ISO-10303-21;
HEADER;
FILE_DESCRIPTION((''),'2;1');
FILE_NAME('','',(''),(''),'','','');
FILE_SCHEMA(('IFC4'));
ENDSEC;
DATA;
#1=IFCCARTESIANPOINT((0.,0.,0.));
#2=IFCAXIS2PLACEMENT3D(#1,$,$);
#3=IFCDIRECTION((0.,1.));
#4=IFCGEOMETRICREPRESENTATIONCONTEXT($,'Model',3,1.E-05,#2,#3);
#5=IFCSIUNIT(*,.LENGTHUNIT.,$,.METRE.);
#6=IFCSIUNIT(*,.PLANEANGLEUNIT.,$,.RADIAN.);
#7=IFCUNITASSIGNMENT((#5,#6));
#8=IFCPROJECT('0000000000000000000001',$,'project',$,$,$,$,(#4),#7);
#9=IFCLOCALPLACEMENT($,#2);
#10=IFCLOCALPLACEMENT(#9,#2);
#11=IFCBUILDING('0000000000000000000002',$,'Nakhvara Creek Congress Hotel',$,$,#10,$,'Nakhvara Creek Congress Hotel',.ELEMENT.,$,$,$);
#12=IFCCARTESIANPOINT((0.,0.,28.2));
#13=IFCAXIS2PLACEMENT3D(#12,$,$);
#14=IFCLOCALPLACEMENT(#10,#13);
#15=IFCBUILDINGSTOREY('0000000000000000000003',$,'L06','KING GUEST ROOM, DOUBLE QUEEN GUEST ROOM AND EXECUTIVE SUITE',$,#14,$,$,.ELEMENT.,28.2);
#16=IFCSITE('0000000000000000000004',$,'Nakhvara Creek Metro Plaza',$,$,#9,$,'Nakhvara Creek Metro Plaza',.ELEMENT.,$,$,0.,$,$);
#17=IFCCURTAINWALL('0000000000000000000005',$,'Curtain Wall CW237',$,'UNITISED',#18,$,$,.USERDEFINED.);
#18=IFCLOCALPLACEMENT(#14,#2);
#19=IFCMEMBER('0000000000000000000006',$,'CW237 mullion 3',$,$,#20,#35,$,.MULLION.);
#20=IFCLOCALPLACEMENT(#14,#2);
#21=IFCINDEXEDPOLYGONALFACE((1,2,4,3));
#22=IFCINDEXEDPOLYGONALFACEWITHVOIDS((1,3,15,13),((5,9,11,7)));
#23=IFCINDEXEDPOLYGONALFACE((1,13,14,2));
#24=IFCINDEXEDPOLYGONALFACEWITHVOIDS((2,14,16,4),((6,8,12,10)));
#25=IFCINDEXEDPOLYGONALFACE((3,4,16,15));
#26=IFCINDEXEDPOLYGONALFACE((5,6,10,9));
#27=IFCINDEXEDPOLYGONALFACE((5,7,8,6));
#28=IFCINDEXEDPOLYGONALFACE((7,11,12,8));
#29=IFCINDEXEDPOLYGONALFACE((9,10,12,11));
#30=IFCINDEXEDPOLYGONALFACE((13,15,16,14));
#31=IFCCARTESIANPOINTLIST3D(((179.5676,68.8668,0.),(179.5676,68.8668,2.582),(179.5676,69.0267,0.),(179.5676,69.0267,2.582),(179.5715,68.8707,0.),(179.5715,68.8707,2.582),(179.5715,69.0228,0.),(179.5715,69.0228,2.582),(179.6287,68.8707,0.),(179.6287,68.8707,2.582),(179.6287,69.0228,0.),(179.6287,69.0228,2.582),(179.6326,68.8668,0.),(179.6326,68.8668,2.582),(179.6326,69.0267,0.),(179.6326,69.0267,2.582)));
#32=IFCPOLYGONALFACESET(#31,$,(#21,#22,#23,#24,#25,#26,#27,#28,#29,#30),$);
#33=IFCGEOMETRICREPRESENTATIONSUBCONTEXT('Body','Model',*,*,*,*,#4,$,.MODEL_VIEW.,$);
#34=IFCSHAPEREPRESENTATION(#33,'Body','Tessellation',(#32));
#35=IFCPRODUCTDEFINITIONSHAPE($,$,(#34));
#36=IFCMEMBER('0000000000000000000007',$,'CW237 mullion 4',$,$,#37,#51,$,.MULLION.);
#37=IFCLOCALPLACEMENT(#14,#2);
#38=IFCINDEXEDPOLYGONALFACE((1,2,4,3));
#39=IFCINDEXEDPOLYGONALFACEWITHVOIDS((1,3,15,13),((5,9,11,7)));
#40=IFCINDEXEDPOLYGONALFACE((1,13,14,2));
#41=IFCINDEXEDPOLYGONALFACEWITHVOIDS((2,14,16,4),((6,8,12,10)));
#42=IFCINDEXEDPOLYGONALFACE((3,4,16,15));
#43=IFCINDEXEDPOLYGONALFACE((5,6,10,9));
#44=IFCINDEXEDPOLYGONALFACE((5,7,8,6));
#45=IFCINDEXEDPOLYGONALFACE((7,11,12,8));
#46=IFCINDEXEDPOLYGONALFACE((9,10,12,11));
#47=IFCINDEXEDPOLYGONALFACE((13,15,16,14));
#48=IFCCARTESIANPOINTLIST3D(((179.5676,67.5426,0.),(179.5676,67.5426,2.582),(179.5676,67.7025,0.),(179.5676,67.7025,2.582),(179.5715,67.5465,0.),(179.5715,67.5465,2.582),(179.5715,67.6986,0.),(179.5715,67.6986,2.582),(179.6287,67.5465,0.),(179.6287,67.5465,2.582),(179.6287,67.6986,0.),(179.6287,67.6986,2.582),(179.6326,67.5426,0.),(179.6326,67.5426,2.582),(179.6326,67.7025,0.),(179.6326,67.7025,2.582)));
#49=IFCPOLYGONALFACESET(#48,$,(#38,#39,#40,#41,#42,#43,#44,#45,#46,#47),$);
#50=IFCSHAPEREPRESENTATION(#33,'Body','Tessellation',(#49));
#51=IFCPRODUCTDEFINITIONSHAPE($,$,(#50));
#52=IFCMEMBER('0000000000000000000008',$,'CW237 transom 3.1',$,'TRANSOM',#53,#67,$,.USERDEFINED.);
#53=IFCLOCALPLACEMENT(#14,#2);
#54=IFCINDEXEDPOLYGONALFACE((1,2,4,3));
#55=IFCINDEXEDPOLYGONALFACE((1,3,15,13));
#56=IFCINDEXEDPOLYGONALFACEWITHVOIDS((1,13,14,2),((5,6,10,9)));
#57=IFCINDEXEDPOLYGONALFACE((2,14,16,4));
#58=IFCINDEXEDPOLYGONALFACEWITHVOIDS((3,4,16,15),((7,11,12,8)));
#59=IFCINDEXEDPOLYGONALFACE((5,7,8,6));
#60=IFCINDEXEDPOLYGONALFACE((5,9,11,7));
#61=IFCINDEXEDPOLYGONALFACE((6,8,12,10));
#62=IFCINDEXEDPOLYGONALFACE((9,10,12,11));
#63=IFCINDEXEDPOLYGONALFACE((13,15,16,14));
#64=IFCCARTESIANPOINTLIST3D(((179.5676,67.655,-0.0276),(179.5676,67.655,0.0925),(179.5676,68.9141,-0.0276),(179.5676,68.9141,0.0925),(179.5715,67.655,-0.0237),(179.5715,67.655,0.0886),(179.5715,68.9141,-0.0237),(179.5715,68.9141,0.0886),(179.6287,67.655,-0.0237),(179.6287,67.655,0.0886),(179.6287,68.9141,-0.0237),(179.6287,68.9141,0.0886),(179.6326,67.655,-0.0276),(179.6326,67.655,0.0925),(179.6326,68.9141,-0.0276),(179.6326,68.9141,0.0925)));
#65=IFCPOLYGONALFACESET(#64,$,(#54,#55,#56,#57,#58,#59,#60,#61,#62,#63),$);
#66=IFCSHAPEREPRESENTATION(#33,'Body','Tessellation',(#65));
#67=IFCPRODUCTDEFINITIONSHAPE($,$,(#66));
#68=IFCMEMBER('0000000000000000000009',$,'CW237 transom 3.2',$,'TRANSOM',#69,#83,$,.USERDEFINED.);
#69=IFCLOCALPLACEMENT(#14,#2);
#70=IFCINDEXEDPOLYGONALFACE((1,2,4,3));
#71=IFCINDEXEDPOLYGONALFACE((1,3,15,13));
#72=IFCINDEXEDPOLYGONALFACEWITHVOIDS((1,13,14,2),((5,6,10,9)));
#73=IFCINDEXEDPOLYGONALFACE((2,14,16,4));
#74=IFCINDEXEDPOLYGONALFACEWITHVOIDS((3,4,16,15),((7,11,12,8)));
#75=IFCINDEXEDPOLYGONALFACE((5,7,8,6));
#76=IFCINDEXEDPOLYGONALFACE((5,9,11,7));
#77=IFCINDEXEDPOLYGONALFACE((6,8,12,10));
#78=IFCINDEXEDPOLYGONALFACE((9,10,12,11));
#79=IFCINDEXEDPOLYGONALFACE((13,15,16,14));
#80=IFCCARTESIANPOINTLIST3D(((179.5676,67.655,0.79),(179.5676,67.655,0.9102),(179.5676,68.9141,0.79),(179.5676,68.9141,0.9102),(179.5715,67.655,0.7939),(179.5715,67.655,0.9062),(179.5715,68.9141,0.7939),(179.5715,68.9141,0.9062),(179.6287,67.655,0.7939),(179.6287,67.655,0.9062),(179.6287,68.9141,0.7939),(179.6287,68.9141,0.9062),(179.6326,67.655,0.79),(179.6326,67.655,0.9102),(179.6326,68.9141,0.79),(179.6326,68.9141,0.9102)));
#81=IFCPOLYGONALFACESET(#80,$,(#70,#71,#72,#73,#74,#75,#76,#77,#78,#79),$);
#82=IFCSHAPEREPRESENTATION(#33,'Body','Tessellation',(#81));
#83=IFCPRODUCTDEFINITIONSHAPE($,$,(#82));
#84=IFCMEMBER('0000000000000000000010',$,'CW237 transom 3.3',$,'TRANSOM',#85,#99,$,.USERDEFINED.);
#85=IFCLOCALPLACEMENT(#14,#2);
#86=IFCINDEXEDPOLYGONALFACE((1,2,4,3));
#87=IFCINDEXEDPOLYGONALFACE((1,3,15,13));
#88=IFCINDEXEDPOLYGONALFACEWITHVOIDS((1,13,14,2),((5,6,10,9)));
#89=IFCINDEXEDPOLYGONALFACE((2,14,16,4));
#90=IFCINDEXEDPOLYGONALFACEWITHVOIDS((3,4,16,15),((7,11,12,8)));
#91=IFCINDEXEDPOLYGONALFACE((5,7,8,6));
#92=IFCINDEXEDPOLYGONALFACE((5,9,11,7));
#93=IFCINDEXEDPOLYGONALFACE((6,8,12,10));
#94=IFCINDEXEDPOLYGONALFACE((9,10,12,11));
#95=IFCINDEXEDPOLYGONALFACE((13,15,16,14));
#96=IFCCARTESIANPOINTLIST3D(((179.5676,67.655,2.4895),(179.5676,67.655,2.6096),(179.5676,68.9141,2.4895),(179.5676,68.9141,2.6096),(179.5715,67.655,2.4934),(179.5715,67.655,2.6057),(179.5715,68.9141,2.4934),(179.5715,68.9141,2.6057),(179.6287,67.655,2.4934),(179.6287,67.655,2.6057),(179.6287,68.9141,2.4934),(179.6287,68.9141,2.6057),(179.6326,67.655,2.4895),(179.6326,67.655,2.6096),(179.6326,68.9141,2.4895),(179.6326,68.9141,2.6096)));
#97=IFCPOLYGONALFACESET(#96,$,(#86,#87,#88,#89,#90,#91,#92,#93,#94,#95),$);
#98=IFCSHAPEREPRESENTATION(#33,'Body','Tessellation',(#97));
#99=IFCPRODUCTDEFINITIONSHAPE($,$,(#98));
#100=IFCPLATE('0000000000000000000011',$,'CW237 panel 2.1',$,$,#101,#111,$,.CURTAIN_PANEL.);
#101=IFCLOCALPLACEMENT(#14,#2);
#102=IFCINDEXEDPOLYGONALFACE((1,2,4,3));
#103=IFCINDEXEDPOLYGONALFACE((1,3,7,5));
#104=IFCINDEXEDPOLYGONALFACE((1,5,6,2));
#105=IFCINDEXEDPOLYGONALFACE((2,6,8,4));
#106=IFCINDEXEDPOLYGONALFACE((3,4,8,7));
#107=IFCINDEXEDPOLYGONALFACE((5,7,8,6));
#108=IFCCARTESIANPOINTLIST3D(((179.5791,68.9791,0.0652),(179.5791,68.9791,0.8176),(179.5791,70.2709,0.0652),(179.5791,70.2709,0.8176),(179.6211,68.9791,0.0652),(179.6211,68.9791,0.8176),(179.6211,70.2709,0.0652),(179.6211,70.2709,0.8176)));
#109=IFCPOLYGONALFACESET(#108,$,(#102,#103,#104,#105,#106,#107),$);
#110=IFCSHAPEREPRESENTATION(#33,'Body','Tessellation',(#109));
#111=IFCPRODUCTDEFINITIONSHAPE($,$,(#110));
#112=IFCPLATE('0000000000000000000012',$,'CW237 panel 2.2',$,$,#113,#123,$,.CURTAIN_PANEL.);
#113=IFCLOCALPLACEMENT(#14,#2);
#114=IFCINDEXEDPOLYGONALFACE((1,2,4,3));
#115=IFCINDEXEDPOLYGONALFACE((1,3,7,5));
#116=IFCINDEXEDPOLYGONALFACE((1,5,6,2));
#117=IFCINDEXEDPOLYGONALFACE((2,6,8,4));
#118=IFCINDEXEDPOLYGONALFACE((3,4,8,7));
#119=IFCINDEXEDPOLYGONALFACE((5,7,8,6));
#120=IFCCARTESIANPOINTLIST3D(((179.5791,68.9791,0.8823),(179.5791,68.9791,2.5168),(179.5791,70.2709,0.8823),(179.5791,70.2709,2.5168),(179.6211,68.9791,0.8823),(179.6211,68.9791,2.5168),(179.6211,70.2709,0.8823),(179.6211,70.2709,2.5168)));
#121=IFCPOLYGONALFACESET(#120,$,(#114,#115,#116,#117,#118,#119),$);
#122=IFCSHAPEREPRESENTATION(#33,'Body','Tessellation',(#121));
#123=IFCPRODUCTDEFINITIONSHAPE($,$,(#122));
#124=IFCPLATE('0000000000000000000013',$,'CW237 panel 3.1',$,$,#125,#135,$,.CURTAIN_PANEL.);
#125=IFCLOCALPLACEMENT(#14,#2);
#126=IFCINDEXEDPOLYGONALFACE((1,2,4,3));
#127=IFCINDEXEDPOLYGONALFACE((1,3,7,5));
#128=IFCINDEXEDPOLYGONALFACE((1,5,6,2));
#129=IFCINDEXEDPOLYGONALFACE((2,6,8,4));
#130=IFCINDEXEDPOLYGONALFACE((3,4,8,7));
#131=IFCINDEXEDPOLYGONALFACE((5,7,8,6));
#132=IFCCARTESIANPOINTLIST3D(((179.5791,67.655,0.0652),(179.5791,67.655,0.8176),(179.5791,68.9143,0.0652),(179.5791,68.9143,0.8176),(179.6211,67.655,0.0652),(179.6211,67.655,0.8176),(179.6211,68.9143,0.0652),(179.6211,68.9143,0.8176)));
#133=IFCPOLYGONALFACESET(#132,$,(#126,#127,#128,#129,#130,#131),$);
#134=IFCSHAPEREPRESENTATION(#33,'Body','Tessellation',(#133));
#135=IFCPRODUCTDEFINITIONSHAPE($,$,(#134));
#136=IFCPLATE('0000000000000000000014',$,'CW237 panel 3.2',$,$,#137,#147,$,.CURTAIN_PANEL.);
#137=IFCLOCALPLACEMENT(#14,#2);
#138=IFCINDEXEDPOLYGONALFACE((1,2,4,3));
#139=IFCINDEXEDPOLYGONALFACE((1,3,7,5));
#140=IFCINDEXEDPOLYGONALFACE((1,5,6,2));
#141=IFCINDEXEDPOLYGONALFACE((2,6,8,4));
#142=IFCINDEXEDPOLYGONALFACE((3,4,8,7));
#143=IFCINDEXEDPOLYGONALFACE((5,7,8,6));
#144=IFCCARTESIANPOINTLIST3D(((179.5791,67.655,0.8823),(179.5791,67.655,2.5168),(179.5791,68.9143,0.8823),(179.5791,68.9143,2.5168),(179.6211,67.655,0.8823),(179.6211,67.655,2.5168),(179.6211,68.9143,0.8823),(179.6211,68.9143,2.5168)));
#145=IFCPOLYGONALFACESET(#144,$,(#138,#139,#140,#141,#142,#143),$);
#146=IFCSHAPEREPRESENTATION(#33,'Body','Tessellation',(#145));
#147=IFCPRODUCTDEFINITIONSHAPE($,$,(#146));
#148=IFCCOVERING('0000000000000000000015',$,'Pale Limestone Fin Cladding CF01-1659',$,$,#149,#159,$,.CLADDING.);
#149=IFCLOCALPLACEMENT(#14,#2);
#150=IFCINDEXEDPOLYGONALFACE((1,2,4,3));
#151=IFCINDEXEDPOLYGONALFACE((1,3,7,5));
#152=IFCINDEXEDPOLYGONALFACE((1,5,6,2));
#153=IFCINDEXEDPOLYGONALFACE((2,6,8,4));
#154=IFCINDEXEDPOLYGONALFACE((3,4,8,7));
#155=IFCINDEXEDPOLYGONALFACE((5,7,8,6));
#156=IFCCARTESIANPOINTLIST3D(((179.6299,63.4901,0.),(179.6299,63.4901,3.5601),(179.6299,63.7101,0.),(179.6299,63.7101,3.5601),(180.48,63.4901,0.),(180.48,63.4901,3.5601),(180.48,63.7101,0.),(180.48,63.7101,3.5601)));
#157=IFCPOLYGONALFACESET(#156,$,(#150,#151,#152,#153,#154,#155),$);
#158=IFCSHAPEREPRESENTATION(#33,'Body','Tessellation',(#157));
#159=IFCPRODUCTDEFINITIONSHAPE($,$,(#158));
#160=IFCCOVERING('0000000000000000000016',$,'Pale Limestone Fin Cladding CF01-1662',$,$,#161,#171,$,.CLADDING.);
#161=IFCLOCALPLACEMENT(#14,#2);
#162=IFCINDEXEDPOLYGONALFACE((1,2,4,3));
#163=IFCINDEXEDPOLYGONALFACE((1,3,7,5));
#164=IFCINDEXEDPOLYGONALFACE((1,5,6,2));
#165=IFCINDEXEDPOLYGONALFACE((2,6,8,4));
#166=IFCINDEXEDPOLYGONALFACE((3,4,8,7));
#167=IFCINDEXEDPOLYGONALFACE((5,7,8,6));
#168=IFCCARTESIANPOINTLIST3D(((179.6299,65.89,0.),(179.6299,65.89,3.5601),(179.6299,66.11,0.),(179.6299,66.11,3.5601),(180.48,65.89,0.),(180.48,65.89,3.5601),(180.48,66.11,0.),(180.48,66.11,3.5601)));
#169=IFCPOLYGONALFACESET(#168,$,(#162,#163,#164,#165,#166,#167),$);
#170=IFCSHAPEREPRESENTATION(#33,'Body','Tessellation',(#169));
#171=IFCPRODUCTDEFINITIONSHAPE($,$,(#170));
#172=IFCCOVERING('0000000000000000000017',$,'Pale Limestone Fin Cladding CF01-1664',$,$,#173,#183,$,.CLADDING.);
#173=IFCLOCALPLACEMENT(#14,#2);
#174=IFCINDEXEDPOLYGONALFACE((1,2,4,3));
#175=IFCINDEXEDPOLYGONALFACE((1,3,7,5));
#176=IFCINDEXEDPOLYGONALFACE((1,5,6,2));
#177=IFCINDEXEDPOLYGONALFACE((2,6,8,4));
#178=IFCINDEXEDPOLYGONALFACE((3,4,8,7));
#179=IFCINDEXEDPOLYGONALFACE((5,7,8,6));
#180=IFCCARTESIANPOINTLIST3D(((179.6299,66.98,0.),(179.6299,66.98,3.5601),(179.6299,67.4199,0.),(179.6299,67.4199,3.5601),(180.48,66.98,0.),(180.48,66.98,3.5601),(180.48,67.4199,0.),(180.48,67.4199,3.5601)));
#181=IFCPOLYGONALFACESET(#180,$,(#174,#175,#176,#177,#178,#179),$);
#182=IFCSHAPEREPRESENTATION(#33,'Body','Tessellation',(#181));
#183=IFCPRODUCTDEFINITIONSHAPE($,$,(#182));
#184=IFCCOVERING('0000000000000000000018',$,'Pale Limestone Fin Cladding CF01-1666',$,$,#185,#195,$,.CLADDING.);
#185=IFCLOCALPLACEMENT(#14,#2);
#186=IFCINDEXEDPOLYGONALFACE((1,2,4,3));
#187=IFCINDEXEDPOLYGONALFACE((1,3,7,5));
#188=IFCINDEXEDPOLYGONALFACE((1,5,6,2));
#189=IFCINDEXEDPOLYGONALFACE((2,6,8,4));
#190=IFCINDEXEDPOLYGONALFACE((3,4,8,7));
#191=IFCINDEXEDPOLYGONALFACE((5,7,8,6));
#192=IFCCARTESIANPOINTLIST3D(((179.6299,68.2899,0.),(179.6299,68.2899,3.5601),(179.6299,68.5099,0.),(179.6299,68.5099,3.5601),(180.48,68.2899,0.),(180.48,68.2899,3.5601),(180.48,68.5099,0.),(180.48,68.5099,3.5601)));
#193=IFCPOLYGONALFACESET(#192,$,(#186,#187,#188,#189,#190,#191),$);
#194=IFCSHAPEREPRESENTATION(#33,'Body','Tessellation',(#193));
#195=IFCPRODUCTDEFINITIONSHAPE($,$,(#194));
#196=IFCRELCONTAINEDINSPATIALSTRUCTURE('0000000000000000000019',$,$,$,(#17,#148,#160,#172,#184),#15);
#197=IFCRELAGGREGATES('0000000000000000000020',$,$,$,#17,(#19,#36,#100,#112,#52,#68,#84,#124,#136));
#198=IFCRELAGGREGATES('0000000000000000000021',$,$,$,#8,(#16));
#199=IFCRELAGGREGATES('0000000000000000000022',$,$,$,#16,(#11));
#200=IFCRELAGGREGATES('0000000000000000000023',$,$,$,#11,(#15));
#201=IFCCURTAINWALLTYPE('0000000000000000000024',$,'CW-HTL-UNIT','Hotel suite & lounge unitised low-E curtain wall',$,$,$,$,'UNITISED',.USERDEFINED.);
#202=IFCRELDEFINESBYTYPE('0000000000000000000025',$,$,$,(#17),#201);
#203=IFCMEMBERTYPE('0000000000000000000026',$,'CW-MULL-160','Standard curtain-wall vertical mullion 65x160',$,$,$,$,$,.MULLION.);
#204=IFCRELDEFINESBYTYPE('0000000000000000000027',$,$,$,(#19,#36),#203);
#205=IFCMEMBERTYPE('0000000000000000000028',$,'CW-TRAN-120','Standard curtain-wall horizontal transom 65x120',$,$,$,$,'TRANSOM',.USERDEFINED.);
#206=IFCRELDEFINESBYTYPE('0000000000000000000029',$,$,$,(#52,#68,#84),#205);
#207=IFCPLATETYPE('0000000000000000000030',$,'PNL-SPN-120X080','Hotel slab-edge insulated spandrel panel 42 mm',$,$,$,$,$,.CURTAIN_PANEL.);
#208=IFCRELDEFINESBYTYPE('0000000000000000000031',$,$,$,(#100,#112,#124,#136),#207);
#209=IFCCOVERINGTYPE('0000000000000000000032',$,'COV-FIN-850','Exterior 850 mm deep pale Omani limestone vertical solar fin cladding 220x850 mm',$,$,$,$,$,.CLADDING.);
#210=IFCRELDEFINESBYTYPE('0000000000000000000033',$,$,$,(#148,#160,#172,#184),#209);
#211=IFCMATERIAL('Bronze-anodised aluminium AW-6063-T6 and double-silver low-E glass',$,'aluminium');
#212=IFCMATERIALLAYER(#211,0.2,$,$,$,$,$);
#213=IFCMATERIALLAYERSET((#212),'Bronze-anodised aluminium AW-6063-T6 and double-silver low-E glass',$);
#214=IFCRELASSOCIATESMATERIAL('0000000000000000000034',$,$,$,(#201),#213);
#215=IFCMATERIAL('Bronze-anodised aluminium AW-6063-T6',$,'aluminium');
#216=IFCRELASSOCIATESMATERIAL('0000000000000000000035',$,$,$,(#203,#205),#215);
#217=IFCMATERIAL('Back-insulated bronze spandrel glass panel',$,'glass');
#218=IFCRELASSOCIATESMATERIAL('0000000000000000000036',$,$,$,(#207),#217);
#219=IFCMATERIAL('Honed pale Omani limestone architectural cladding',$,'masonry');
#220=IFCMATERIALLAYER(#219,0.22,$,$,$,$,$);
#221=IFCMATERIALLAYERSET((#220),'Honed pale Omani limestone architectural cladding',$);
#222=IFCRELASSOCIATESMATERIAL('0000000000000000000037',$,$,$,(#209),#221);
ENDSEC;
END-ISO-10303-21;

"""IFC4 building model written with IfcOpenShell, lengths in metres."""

from ifc_helpers import new_model, si_unit, direction, frame, origin, origin_2d, place, context, subcontext, project, spatial, rectangle, hollow_rectangle, extrude, material, layer, layer_set, material_profile, profile_set, type_object, element, aggregate, save


model = new_model("IFC4")

# Units and contexts
model_context = context("Model", 3, precision=1e-05, world=origin(), true_north=direction((0.0, 1.0)))
body_context = subcontext(model_context, "Body", "Model", "MODEL_VIEW")
ifc_project = project(units=[si_unit("LENGTHUNIT", "METRE"), si_unit("PLANEANGLEUNIT", "RADIAN")], contexts=[model_context])

# Site, building, storey
site_placement = place(None, origin())
site = spatial("IfcSite", under=ifc_project, at=site_placement, Name="Nakhvara Creek Metro Plaza", LongName="Nakhvara Creek Metro Plaza", CompositionType="ELEMENT", RefElevation=0.0)
building_placement = place(site_placement, origin())
building = spatial("IfcBuilding", under=site, at=building_placement, Name="Nakhvara Creek Congress Hotel", LongName="Nakhvara Creek Congress Hotel", CompositionType="ELEMENT")
storey_placement = place(building_placement, frame((0.0, 0.0, 28.2)))
storey = spatial("IfcBuildingStorey", under=building, at=storey_placement, Name="L06", Description="KING GUEST ROOM, DOUBLE QUEEN GUEST ROOM AND EXECUTIVE SUITE", CompositionType="ELEMENT", Elevation=28.2)

# Curtain wall, members, plates
ifc_material_1 = material(Name="Bronze-anodised aluminium AW-6063-T6 and double-silver low-E glass", Category="aluminium")
ifc_layer_1 = layer(ifc_material_1, 0.2)
ifc_layer_set_1 = layer_set([ifc_layer_1], Name="Bronze-anodised aluminium AW-6063-T6 and double-silver low-E glass")
curtain_wall_type = type_object("IfcCurtainWallType", Name="CW-HTL-UNIT", Description="Hotel suite & lounge unitised low-E curtain wall", ElementType="UNITISED", PredefinedType="USERDEFINED", material=ifc_layer_set_1)
curtain_wall_placement = place(storey_placement, origin())
curtain_wall = element("IfcCurtainWall", 1, at=curtain_wall_placement, inside=storey, type_object=curtain_wall_type, Name="Curtain Wall CW237", ObjectType="UNITISED", PredefinedType="USERDEFINED")
ifc_material_2 = material(Name="Bronze-anodised aluminium AW-6063-T6", Category="aluminium")
ifc_material_profile_1 = material_profile(ifc_material_2, hollow_rectangle(XDim=0.0649, YDim=0.1599, WallThickness=0.0039, at=origin_2d()), Name="ALU-MULL 65x160x4", Category="LoadBearing")
ifc_profile_set_1 = profile_set([ifc_material_profile_1], Name="Bronze-anodised aluminium AW-6063-T6")
member_type_1 = type_object("IfcMemberType", Name="CW-MULL-160", Description="Standard curtain-wall vertical mullion 65x160", PredefinedType="MULLION", material=ifc_profile_set_1)
member_1_placement = place(storey_placement, frame((179.6001, 68.9468, 0.0), z_axis=(0.0, 0.0, 1.0), x_axis=(1.0, 0.0, 0.0)))
member_1 = element("IfcMember", 2, at=member_1_placement, type_object=member_type_1, Name="CW237 mullion 3", PredefinedType="MULLION", context=body_context, shape_type="SweptSolid", body=[
    extrude(hollow_rectangle(XDim=0.0649, YDim=0.1599, WallThickness=0.0039, at=origin_2d()), origin(), (0.0, 0.0, 1.0), 2.582),
])
member_2_placement = place(storey_placement, frame((179.6001, 67.6226, 0.0), z_axis=(0.0, 0.0, 1.0), x_axis=(1.0, 0.0, 0.0)))
member_2 = element("IfcMember", 3, at=member_2_placement, type_object=member_type_1, Name="CW237 mullion 4", PredefinedType="MULLION", context=body_context, shape_type="SweptSolid", body=[
    extrude(hollow_rectangle(XDim=0.0649, YDim=0.1599, WallThickness=0.0039, at=origin_2d()), origin(), (0.0, 0.0, 1.0), 2.582),
])
ifc_material_profile_2 = material_profile(ifc_material_2, hollow_rectangle(XDim=0.0649, YDim=0.1201, WallThickness=0.0039, at=origin_2d()), Name="ALU-TRAN 65x120x4", Category="LoadBearing")
ifc_profile_set_2 = profile_set([ifc_material_profile_2], Name="Bronze-anodised aluminium AW-6063-T6")
member_type_2 = type_object("IfcMemberType", Name="CW-TRAN-120", Description="Standard curtain-wall horizontal transom 65x120", ElementType="TRANSOM", PredefinedType="USERDEFINED", material=ifc_profile_set_2)
member_3_placement = place(storey_placement, frame((179.6001, 68.9141, 0.0325), z_axis=(0.0, -1.0, 0.0), x_axis=(1.0, 0.0, 0.0)))
member_3 = element("IfcMember", 4, at=member_3_placement, type_object=member_type_2, Name="CW237 transom 3.1", ObjectType="TRANSOM", PredefinedType="USERDEFINED", context=body_context, shape_type="SweptSolid", body=[
    extrude(hollow_rectangle(XDim=0.0649, YDim=0.1201, WallThickness=0.0039, at=origin_2d()), origin(), (0.0, 0.0, 1.0), 1.259),
])
member_4_placement = place(storey_placement, frame((179.6001, 68.9141, 0.8501), z_axis=(0.0, -1.0, 0.0), x_axis=(1.0, 0.0, 0.0)))
member_4 = element("IfcMember", 5, at=member_4_placement, type_object=member_type_2, Name="CW237 transom 3.2", ObjectType="TRANSOM", PredefinedType="USERDEFINED", context=body_context, shape_type="SweptSolid", body=[
    extrude(hollow_rectangle(XDim=0.0649, YDim=0.1201, WallThickness=0.0039, at=origin_2d()), origin(), (0.0, 0.0, 1.0), 1.259),
])
member_5_placement = place(storey_placement, frame((179.6001, 68.9141, 2.5496), z_axis=(0.0, -1.0, 0.0), x_axis=(1.0, 0.0, 0.0)))
member_5 = element("IfcMember", 6, at=member_5_placement, type_object=member_type_2, Name="CW237 transom 3.3", ObjectType="TRANSOM", PredefinedType="USERDEFINED", context=body_context, shape_type="SweptSolid", body=[
    extrude(hollow_rectangle(XDim=0.0649, YDim=0.1201, WallThickness=0.0039, at=origin_2d()), origin(), (0.0, 0.0, 1.0), 1.259),
])
ifc_material_3 = material(Name="Back-insulated bronze spandrel glass panel", Category="glass")
plate_type = type_object("IfcPlateType", Name="PNL-SPN-120X080", Description="Hotel slab-edge insulated spandrel panel 42 mm", PredefinedType="CURTAIN_PANEL", material=ifc_material_3)
plate_1_placement = place(storey_placement, frame((179.6001, 69.625, 0.0652), z_axis=(0.0, 0.0, 1.0), x_axis=(0.0, -1.0, 0.0)))
plate_1 = element("IfcPlate", 7, at=plate_1_placement, type_object=plate_type, Name="CW237 panel 2.1", PredefinedType="CURTAIN_PANEL", context=body_context, shape_type="SweptSolid", body=[
    extrude(rectangle(XDim=1.2917, YDim=0.042, at=origin_2d()), origin(), (0.0, 0.0, 1.0), 0.7524),
])
plate_2_placement = place(storey_placement, frame((179.6001, 69.625, 0.8823), z_axis=(0.0, 0.0, 1.0), x_axis=(0.0, -1.0, 0.0)))
plate_2 = element("IfcPlate", 8, at=plate_2_placement, type_object=plate_type, Name="CW237 panel 2.2", PredefinedType="CURTAIN_PANEL", context=body_context, shape_type="SweptSolid", body=[
    extrude(rectangle(XDim=1.2917, YDim=0.042, at=origin_2d()), origin(), (0.0, 0.0, 1.0), 1.6345),
])
plate_3_placement = place(storey_placement, frame((179.6001, 68.2847, 0.0652), z_axis=(0.0, 0.0, 1.0), x_axis=(0.0, -1.0, 0.0)))
plate_3 = element("IfcPlate", 9, at=plate_3_placement, type_object=plate_type, Name="CW237 panel 3.1", PredefinedType="CURTAIN_PANEL", context=body_context, shape_type="SweptSolid", body=[
    extrude(rectangle(XDim=1.2593, YDim=0.042, at=origin_2d()), origin(), (0.0, 0.0, 1.0), 0.7524),
])
plate_4_placement = place(storey_placement, frame((179.6001, 68.2847, 0.8823), z_axis=(0.0, 0.0, 1.0), x_axis=(0.0, -1.0, 0.0)))
plate_4 = element("IfcPlate", 10, at=plate_4_placement, type_object=plate_type, Name="CW237 panel 3.2", PredefinedType="CURTAIN_PANEL", context=body_context, shape_type="SweptSolid", body=[
    extrude(rectangle(XDim=1.2593, YDim=0.042, at=origin_2d()), origin(), (0.0, 0.0, 1.0), 1.6345),
])
aggregate(curtain_wall, [member_1, member_2, plate_1, plate_2, member_3, member_4, member_5, plate_3, plate_4])

# Coverings
ifc_material_4 = material(Name="Honed pale Omani limestone architectural cladding", Category="masonry")
ifc_layer_2 = layer(ifc_material_4, 0.22)
ifc_layer_set_2 = layer_set([ifc_layer_2], Name="Honed pale Omani limestone architectural cladding")
covering_type = type_object("IfcCoveringType", Name="COV-FIN-850", Description="Exterior 850 mm deep pale Omani limestone vertical solar fin cladding 220x850 mm", PredefinedType="CLADDING", material=ifc_layer_set_2)
for number, where, z_axis, x_axis, name in (
    (11, (180.0549, 63.6001, 0.0), (0.0, 0.0, 1.0), (0.0, 1.0, 0.0), "Pale Limestone Fin Cladding CF01-1659"),
    (12, (180.0549, 66.0, 0.0), (0.0, 0.0, 1.0), (0.0, 1.0, 0.0), "Pale Limestone Fin Cladding CF01-1662"),
):
    element("IfcCovering", number, at=place(storey_placement, frame(where, z_axis=z_axis, x_axis=x_axis)), inside=storey, type_object=covering_type, Name=name, PredefinedType="CLADDING", context=body_context, shape_type="SweptSolid", body=[
        extrude(rectangle(XDim=0.22, YDim=0.8501, at=origin_2d()), origin(), (0.0, 0.0, 1.0), 3.5601),
    ])
covering_placement = place(storey_placement, frame((180.0549, 67.2, 0.0), z_axis=(0.0, 0.0, 1.0), x_axis=(0.0, 1.0, 0.0)))
element("IfcCovering", 13, at=covering_placement, inside=storey, type_object=covering_type, Name="Pale Limestone Fin Cladding CF01-1664", PredefinedType="CLADDING", context=body_context, shape_type="SweptSolid", body=[
    extrude(rectangle(XDim=0.4399, YDim=0.8501, at=origin_2d()), origin(), (0.0, 0.0, 1.0), 3.5601),
])
for number, where, z_axis, x_axis, name in (
    (14, (180.0549, 68.3999, 0.0), (0.0, 0.0, 1.0), (0.0, 1.0, 0.0), "Pale Limestone Fin Cladding CF01-1666"),
):
    element("IfcCovering", number, at=place(storey_placement, frame(where, z_axis=z_axis, x_axis=x_axis)), inside=storey, type_object=covering_type, Name=name, PredefinedType="CLADDING", context=body_context, shape_type="SweptSolid", body=[
        extrude(rectangle(XDim=0.22, YDim=0.8501, at=origin_2d()), origin(), (0.0, 0.0, 1.0), 3.5601),
    ])

save(model, "model.ifc")
